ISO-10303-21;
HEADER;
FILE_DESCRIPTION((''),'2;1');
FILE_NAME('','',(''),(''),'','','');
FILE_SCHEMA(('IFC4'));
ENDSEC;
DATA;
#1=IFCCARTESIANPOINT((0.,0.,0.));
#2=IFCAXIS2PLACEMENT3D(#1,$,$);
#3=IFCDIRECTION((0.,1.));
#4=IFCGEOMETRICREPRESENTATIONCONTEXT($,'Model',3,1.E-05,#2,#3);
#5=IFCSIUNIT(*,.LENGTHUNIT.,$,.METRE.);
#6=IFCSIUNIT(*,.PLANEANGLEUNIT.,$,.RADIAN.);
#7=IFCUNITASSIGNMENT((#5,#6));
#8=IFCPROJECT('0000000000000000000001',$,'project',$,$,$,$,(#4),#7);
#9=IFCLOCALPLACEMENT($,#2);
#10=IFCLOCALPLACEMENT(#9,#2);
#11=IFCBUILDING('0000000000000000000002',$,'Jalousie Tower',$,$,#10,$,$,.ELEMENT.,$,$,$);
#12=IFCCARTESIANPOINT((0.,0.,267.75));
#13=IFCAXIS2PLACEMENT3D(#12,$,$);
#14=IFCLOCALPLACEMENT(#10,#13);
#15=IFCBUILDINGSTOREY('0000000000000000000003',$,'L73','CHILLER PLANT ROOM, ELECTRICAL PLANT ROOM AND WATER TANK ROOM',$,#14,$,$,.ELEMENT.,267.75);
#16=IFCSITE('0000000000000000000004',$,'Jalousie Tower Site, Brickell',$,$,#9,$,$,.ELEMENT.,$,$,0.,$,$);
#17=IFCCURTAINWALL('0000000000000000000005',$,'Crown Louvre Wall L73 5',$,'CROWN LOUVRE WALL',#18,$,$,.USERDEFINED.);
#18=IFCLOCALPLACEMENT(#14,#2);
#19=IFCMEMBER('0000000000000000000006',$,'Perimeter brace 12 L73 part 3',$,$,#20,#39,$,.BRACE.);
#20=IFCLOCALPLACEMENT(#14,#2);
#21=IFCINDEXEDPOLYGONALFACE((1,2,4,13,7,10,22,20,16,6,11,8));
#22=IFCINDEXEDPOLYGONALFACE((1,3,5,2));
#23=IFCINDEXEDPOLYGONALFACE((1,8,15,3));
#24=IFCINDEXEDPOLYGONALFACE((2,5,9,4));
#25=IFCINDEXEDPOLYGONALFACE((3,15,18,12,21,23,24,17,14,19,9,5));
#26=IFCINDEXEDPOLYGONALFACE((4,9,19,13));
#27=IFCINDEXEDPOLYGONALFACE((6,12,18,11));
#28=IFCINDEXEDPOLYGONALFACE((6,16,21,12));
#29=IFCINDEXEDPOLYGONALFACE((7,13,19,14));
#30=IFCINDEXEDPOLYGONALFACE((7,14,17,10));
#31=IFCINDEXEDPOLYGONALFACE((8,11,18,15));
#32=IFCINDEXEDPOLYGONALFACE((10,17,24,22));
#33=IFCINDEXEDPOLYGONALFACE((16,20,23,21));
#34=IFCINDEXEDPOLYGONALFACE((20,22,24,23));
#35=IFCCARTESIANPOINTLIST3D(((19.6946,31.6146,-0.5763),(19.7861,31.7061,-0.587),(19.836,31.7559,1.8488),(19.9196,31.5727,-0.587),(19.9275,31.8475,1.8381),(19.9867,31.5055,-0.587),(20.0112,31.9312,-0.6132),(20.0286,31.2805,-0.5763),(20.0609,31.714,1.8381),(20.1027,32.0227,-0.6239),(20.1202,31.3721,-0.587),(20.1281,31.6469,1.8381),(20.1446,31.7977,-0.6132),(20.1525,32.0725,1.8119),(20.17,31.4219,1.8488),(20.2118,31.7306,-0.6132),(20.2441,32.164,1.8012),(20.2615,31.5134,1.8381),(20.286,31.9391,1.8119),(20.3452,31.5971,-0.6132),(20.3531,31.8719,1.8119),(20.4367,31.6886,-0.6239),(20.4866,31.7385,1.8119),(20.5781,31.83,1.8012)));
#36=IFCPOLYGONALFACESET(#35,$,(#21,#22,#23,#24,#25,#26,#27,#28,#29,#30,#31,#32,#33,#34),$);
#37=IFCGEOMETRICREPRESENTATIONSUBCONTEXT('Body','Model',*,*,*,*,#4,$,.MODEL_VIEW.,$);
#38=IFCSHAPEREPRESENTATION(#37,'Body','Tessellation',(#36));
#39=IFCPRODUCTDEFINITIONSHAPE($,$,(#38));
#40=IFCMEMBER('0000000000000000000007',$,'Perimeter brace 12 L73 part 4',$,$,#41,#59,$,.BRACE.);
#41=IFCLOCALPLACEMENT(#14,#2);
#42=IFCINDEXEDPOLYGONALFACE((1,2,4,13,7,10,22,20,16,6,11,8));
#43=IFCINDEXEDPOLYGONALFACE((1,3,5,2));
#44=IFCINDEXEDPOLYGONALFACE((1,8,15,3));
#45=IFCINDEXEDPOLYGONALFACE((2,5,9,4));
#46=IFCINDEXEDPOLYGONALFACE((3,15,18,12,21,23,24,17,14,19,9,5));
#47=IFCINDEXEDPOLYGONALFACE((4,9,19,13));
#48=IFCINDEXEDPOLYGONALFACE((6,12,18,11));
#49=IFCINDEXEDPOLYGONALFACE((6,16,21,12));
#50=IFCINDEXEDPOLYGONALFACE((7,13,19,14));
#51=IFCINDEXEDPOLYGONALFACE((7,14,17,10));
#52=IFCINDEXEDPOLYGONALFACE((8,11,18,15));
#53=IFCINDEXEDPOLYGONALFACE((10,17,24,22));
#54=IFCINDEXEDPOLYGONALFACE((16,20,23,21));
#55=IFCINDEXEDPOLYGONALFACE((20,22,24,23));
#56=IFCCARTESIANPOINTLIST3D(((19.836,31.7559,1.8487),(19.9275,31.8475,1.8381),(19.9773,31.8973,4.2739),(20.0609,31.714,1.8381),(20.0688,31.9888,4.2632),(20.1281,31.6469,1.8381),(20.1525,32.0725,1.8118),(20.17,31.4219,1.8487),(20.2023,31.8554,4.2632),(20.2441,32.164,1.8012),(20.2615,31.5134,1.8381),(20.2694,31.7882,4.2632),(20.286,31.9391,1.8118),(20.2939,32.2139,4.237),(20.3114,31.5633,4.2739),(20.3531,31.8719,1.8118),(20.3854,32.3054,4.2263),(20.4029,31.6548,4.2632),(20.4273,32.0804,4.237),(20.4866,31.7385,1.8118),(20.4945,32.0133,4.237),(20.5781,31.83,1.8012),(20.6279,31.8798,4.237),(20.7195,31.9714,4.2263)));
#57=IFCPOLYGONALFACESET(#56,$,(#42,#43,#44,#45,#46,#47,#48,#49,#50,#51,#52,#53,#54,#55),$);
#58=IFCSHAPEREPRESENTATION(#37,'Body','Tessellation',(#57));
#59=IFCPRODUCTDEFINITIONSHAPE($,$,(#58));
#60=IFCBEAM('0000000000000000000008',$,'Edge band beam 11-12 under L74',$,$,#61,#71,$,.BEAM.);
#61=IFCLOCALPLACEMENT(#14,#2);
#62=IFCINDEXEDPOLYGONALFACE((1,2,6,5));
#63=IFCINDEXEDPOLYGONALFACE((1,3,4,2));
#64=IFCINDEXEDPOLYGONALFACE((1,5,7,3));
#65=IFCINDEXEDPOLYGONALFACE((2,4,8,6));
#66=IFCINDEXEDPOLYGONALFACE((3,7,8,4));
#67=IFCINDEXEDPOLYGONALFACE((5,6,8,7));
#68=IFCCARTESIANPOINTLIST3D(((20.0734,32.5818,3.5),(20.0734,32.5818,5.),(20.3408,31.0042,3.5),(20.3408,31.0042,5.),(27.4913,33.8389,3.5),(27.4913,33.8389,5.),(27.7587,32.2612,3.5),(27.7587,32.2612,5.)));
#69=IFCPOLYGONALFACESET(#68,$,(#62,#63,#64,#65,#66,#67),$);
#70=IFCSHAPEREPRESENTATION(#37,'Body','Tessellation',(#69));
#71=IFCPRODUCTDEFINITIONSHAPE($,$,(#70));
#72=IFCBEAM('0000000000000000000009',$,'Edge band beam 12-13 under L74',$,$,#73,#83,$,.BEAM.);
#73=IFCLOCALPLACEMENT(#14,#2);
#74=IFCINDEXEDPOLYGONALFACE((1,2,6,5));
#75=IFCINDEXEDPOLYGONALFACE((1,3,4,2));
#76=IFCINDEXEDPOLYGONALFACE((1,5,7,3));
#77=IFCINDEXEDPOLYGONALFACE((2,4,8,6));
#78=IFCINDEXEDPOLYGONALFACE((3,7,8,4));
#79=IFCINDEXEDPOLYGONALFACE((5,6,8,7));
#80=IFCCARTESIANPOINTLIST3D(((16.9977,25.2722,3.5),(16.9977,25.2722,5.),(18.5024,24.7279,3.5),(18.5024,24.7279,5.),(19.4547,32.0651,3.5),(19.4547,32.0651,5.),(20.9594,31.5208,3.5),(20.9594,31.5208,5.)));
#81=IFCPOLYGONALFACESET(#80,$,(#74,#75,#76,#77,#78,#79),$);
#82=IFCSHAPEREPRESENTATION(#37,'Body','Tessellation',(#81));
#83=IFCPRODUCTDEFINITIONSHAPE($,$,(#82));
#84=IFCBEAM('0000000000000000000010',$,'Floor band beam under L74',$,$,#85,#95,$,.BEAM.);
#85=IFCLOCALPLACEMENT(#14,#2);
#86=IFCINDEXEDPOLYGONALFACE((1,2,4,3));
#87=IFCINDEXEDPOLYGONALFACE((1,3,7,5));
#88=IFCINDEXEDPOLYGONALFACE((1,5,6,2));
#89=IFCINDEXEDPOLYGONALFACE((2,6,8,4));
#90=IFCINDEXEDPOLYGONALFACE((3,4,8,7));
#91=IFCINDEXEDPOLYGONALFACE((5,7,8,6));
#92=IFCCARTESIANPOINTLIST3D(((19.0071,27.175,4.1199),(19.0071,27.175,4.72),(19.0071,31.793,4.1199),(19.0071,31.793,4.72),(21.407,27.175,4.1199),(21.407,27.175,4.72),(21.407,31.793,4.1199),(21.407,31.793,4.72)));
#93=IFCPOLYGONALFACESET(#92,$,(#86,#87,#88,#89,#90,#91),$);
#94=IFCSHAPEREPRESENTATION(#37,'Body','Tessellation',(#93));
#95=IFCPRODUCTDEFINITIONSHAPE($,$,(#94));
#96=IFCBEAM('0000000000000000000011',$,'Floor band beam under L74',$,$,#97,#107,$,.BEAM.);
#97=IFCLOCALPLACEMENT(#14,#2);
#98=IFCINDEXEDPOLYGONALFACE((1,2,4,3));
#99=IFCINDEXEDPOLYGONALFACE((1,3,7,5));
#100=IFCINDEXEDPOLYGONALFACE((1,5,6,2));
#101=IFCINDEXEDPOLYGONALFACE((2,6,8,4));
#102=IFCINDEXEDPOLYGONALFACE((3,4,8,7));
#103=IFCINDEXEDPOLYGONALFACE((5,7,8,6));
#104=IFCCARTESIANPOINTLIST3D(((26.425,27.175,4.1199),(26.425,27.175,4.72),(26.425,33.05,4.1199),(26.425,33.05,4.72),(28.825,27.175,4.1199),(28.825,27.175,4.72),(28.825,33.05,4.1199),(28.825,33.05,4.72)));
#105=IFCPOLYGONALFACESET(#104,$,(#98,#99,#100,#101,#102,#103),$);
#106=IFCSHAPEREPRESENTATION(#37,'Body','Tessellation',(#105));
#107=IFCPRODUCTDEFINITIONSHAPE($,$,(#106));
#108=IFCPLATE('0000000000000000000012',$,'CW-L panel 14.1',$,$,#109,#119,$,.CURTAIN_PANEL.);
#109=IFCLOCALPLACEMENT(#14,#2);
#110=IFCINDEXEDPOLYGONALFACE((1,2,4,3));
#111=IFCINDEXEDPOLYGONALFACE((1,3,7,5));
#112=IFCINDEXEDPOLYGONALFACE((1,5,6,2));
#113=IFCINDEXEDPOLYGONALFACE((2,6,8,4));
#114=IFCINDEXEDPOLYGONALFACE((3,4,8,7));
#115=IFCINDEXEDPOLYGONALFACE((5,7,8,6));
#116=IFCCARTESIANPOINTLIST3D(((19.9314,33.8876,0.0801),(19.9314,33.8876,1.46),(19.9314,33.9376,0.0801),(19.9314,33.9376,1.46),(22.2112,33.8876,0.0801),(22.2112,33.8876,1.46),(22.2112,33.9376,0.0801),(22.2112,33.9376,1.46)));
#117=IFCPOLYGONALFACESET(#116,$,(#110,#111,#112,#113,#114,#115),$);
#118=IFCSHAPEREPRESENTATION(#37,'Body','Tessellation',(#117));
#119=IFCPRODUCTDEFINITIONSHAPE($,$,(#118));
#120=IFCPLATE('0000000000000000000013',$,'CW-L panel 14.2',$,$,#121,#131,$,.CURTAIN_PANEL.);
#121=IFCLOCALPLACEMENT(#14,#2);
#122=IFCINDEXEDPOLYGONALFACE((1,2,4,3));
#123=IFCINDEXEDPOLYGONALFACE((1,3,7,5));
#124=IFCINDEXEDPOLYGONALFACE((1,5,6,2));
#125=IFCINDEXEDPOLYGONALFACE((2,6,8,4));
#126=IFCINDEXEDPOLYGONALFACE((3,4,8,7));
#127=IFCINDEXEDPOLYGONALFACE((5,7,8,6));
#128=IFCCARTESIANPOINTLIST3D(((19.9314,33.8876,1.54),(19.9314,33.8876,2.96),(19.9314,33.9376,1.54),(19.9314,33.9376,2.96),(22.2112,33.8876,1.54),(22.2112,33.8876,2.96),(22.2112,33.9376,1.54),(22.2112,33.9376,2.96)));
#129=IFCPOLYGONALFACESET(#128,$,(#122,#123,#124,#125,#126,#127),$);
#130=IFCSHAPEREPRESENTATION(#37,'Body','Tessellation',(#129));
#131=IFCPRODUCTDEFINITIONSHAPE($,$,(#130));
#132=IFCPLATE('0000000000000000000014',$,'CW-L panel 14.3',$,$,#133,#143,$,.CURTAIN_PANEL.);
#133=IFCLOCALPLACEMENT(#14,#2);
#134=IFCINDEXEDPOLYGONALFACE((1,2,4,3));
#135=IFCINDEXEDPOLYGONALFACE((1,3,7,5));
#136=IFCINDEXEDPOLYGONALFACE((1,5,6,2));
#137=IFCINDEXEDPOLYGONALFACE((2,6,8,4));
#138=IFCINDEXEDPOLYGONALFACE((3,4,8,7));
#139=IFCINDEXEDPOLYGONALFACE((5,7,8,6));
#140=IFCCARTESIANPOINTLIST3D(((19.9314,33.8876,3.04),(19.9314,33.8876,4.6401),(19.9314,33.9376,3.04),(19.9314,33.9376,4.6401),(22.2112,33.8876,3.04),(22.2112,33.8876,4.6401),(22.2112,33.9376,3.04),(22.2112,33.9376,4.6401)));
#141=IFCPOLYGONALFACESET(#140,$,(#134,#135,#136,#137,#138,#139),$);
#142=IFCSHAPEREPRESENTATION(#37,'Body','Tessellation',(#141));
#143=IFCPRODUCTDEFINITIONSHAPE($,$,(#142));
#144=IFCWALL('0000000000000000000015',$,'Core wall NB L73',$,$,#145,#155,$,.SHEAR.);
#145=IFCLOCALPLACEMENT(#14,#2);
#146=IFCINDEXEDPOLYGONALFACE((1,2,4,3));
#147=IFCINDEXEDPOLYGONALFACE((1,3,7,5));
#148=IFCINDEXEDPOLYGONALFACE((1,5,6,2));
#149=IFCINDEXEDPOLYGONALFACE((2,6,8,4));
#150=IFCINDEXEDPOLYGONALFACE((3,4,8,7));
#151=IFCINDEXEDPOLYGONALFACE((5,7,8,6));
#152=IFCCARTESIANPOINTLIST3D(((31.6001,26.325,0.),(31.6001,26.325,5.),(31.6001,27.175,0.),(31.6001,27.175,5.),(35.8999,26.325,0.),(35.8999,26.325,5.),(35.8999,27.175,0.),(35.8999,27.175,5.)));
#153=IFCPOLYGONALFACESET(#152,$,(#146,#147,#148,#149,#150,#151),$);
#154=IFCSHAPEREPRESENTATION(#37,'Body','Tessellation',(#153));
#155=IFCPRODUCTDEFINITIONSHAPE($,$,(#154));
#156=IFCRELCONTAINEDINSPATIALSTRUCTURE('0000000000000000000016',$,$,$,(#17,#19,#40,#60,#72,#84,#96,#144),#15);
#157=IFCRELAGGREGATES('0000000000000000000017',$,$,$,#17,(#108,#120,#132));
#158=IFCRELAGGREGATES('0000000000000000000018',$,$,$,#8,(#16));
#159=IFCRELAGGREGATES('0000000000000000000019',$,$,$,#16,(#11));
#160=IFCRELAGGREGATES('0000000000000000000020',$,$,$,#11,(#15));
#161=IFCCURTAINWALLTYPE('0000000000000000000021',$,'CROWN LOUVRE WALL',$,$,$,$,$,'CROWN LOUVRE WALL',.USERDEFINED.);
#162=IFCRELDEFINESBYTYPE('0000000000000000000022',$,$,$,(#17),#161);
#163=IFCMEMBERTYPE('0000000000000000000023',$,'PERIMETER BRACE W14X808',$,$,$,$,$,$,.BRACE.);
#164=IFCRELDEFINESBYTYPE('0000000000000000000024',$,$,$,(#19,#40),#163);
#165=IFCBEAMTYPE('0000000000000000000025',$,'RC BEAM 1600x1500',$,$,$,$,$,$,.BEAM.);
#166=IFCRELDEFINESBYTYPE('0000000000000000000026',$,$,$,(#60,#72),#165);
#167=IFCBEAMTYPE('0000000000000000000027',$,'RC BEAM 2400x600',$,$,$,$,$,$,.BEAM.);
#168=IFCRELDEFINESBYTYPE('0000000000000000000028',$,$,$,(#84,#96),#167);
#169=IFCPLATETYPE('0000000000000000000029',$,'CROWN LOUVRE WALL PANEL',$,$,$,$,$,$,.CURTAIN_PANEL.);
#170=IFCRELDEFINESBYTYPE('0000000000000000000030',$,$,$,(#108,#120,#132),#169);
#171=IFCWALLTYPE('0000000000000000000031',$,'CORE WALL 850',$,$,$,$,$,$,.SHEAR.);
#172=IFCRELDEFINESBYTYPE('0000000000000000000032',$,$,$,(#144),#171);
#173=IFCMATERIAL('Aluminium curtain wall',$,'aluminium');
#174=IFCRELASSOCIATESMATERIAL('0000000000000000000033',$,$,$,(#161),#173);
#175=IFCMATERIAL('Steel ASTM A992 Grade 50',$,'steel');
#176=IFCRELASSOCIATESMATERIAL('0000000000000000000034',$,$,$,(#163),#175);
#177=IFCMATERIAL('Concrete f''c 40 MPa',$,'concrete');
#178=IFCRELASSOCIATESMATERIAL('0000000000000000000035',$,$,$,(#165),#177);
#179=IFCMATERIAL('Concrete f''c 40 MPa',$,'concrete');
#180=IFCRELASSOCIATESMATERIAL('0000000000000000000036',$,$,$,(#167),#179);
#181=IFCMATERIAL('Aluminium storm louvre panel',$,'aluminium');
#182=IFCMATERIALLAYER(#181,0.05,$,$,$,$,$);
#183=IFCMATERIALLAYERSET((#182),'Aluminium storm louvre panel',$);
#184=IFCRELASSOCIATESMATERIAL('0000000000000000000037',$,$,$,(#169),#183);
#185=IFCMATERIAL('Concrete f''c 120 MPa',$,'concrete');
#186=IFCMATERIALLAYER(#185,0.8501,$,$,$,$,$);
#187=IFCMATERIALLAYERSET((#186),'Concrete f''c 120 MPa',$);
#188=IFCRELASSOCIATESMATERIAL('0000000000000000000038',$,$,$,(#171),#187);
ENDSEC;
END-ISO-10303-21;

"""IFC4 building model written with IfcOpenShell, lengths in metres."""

from ifc_helpers import new_model, si_unit, direction, frame, frame_2d, origin, origin_2d, place, context, subcontext, project, spatial, rectangle, i_section, extrude, material, layer, layer_set, material_profile, profile_set, type_object, element, aggregate, save


model = new_model("IFC4")

# Units and contexts
model_context = context("Model", 3, precision=1e-05, world=origin(), true_north=direction((0.0, 1.0)))
body_context = subcontext(model_context, "Body", "Model", "MODEL_VIEW")
ifc_project = project(units=[si_unit("LENGTHUNIT", "METRE"), si_unit("PLANEANGLEUNIT", "RADIAN")], contexts=[model_context])

# Site, building, storey
site_placement = place(None, origin())
site = spatial("IfcSite", under=ifc_project, at=site_placement, Name="Jalousie Tower Site, Brickell", CompositionType="ELEMENT", RefElevation=0.0)
building_placement = place(site_placement, origin())
building = spatial("IfcBuilding", under=site, at=building_placement, Name="Jalousie Tower", CompositionType="ELEMENT")
storey_placement = place(building_placement, frame((0.0, 0.0, 267.75)))
storey = spatial("IfcBuildingStorey", under=building, at=storey_placement, Name="L73", Description="CHILLER PLANT ROOM, ELECTRICAL PLANT ROOM AND WATER TANK ROOM", CompositionType="ELEMENT", Elevation=267.75)

# Curtain wall
ifc_material_1 = material(Name="Aluminium curtain wall", Category="aluminium")
curtain_wall_type = type_object("IfcCurtainWallType", Name="CROWN LOUVRE WALL", ElementType="CROWN LOUVRE WALL", PredefinedType="USERDEFINED", material=ifc_material_1)
curtain_wall_placement = place(storey_placement, origin())
curtain_wall = element("IfcCurtainWall", 1, at=curtain_wall_placement, inside=storey, type_object=curtain_wall_type, Name="Crown Louvre Wall L73 5", ObjectType="CROWN LOUVRE WALL", PredefinedType="USERDEFINED")

# Members
ifc_material_2 = material(Name="Steel ASTM A992 Grade 50", Category="steel")
ifc_material_profile_1 = material_profile(ifc_material_2, i_section(OverallWidth=0.4724, OverallDepth=0.5791, WebThickness=0.095, FlangeThickness=0.1299, at=origin_2d()), Name="W14X808")
ifc_profile_set_1 = profile_set([ifc_material_profile_1], Name="Steel ASTM A992 Grade 50")
member_type_1 = type_object("IfcMemberType", Name="PERIMETER BRACE W14X808", PredefinedType="BRACE", material=ifc_profile_set_1)
for number, where, z_axis, x_axis, name in (
    (2, (20.0657, 31.6516, -0.6001), (0.058093, 0.058093, 0.996619), (-0.707107, 0.707107, 0.0), "Perimeter brace 12 L73 part 3"),
    (3, (20.207, 31.793, 1.825), (0.058093, 0.058093, 0.996619), (-0.707107, 0.707107, 0.0), "Perimeter brace 12 L73 part 4"),
):
    element("IfcMember", number, at=place(storey_placement, frame(where, z_axis=z_axis, x_axis=x_axis)), inside=storey, type_object=member_type_1, Name=name, PredefinedType="BRACE", context=body_context, shape_type="SweptSolid", body=[
        extrude(i_section(OverallWidth=0.4724, OverallDepth=0.5791, WebThickness=0.095, FlangeThickness=0.1299, at=origin_2d()), origin(), (0.0, 0.0, 1.0), 2.4333),
    ])

# Beams
ifc_material_3 = material(Name="Concrete f'c 40 MPa", Category="concrete")
ifc_material_profile_2 = material_profile(ifc_material_3, rectangle(XDim=1.6001, YDim=1.5, at=origin_2d()), Name="RC 1600x1500")
ifc_profile_set_2 = profile_set([ifc_material_profile_2], Name="Concrete f'c 40 MPa")
beam_type_1 = type_object("IfcBeamType", Name="RC BEAM 1600x1500", PredefinedType="BEAM", material=ifc_profile_set_2)
beam_1_placement = place(storey_placement, frame((27.625, 33.05, 4.25), z_axis=(-0.985943, -0.167082, 0.0), x_axis=(0.167082, -0.985943, 0.0)))
element("IfcBeam", 4, at=beam_1_placement, inside=storey, type_object=beam_type_1, Name="Edge band beam 11-12 under L74", PredefinedType="BEAM", context=body_context, shape_type="SweptSolid", body=[
    extrude(rectangle(XDim=1.6001, YDim=1.5, at=origin_2d()), origin(), (0.0, 0.0, 1.0), 7.5237),
])
beam_2_placement = place(storey_placement, frame((20.207, 31.793, 4.25), z_axis=(-0.340136, -0.940376, 0.0), x_axis=(0.940376, -0.340136, 0.0)))
element("IfcBeam", 5, at=beam_2_placement, inside=storey, type_object=beam_type_1, Name="Edge band beam 12-13 under L74", PredefinedType="BEAM", context=body_context, shape_type="SweptSolid", body=[
    extrude(rectangle(XDim=1.6001, YDim=1.5, at=origin_2d()), origin(), (0.0, 0.0, 1.0), 7.2236),
])
ifc_material_4 = material(Name="Concrete f'c 40 MPa", Category="concrete")
ifc_material_profile_3 = material_profile(ifc_material_4, rectangle(XDim=2.3999, YDim=0.6001, at=origin_2d()), Name="RC 2400x600")
ifc_profile_set_3 = profile_set([ifc_material_profile_3], Name="Concrete f'c 40 MPa")
beam_type_2 = type_object("IfcBeamType", Name="RC BEAM 2400x600", PredefinedType="BEAM", material=ifc_profile_set_3)
beam_3_placement = place(storey_placement, frame((20.207, 31.793, 4.4199), z_axis=(0.0, -1.0, 0.0), x_axis=(1.0, 0.0, 0.0)))
element("IfcBeam", 6, at=beam_3_placement, inside=storey, type_object=beam_type_2, Name="Floor band beam under L74", PredefinedType="BEAM", context=body_context, shape_type="SweptSolid", body=[
    extrude(rectangle(XDim=2.3999, YDim=0.6001, at=origin_2d()), origin(), (0.0, 0.0, 1.0), 4.6179),
])
beam_4_placement = place(storey_placement, frame((27.625, 33.05, 4.4199), z_axis=(0.0, -1.0, 0.0), x_axis=(1.0, 0.0, 0.0)))
element("IfcBeam", 7, at=beam_4_placement, inside=storey, type_object=beam_type_2, Name="Floor band beam under L74", PredefinedType="BEAM", context=body_context, shape_type="SweptSolid", body=[
    extrude(rectangle(XDim=2.3999, YDim=0.6001, at=origin_2d()), origin(), (0.0, 0.0, 1.0), 5.875),
])

# Plates
ifc_material_5 = material(Name="Aluminium storm louvre panel", Category="aluminium")
ifc_layer_1 = layer(ifc_material_5, 0.05)
ifc_layer_set_1 = layer_set([ifc_layer_1], Name="Aluminium storm louvre panel")
plate_type = type_object("IfcPlateType", Name="CROWN LOUVRE WALL PANEL", PredefinedType="CURTAIN_PANEL", material=ifc_layer_set_1)
plate_1_placement = place(storey_placement, frame((21.0713, 33.9126, 0.0801), z_axis=(0.0, 0.0, 1.0), x_axis=(-1.0, 0.0, 0.0)))
plate_1 = element("IfcPlate", 8, at=plate_1_placement, type_object=plate_type, Name="CW-L panel 14.1", PredefinedType="CURTAIN_PANEL", context=body_context, shape_type="SweptSolid", body=[
    extrude(rectangle(XDim=2.2798, YDim=0.05, at=origin_2d()), origin(), (0.0, 0.0, 1.0), 1.3799),
])
plate_2_placement = place(storey_placement, frame((21.0713, 33.9126, 1.54), z_axis=(0.0, 0.0, 1.0), x_axis=(-1.0, 0.0, 0.0)))
plate_2 = element("IfcPlate", 9, at=plate_2_placement, type_object=plate_type, Name="CW-L panel 14.2", PredefinedType="CURTAIN_PANEL", context=body_context, shape_type="SweptSolid", body=[
    extrude(rectangle(XDim=2.2798, YDim=0.05, at=origin_2d()), origin(), (0.0, 0.0, 1.0), 1.4199),
])
plate_3_placement = place(storey_placement, frame((21.0713, 33.9126, 3.04), z_axis=(0.0, 0.0, 1.0), x_axis=(-1.0, 0.0, 0.0)))
plate_3 = element("IfcPlate", 10, at=plate_3_placement, type_object=plate_type, Name="CW-L panel 14.3", PredefinedType="CURTAIN_PANEL", context=body_context, shape_type="SweptSolid", body=[
    extrude(rectangle(XDim=2.2798, YDim=0.05, at=origin_2d()), origin(), (0.0, 0.0, 1.0), 1.6001),
])
aggregate(curtain_wall, [plate_1, plate_2, plate_3])

# Wall
ifc_material_6 = material(Name="Concrete f'c 120 MPa", Category="concrete")
ifc_layer_2 = layer(ifc_material_6, 0.8501)
ifc_layer_set_2 = layer_set([ifc_layer_2], Name="Concrete f'c 120 MPa")
wall_type = type_object("IfcWallType", Name="CORE WALL 850", PredefinedType="SHEAR", material=ifc_layer_set_2)
wall_placement = place(storey_placement, frame((35.8999, 26.75, 0.0), z_axis=(0.0, 0.0, 1.0), x_axis=(-1.0, 0.0, 0.0)))
element("IfcWall", 11, at=wall_placement, inside=storey, type_object=wall_type, Name="Core wall NB L73", PredefinedType="SHEAR", context=body_context, shape_type="SweptSolid", body=[
    extrude(rectangle(XDim=4.2998, YDim=0.8501, at=frame_2d((2.1499, 0.0))), origin(), (0.0, 0.0, 1.0), 5.0),
])

save(model, "model.ifc")
